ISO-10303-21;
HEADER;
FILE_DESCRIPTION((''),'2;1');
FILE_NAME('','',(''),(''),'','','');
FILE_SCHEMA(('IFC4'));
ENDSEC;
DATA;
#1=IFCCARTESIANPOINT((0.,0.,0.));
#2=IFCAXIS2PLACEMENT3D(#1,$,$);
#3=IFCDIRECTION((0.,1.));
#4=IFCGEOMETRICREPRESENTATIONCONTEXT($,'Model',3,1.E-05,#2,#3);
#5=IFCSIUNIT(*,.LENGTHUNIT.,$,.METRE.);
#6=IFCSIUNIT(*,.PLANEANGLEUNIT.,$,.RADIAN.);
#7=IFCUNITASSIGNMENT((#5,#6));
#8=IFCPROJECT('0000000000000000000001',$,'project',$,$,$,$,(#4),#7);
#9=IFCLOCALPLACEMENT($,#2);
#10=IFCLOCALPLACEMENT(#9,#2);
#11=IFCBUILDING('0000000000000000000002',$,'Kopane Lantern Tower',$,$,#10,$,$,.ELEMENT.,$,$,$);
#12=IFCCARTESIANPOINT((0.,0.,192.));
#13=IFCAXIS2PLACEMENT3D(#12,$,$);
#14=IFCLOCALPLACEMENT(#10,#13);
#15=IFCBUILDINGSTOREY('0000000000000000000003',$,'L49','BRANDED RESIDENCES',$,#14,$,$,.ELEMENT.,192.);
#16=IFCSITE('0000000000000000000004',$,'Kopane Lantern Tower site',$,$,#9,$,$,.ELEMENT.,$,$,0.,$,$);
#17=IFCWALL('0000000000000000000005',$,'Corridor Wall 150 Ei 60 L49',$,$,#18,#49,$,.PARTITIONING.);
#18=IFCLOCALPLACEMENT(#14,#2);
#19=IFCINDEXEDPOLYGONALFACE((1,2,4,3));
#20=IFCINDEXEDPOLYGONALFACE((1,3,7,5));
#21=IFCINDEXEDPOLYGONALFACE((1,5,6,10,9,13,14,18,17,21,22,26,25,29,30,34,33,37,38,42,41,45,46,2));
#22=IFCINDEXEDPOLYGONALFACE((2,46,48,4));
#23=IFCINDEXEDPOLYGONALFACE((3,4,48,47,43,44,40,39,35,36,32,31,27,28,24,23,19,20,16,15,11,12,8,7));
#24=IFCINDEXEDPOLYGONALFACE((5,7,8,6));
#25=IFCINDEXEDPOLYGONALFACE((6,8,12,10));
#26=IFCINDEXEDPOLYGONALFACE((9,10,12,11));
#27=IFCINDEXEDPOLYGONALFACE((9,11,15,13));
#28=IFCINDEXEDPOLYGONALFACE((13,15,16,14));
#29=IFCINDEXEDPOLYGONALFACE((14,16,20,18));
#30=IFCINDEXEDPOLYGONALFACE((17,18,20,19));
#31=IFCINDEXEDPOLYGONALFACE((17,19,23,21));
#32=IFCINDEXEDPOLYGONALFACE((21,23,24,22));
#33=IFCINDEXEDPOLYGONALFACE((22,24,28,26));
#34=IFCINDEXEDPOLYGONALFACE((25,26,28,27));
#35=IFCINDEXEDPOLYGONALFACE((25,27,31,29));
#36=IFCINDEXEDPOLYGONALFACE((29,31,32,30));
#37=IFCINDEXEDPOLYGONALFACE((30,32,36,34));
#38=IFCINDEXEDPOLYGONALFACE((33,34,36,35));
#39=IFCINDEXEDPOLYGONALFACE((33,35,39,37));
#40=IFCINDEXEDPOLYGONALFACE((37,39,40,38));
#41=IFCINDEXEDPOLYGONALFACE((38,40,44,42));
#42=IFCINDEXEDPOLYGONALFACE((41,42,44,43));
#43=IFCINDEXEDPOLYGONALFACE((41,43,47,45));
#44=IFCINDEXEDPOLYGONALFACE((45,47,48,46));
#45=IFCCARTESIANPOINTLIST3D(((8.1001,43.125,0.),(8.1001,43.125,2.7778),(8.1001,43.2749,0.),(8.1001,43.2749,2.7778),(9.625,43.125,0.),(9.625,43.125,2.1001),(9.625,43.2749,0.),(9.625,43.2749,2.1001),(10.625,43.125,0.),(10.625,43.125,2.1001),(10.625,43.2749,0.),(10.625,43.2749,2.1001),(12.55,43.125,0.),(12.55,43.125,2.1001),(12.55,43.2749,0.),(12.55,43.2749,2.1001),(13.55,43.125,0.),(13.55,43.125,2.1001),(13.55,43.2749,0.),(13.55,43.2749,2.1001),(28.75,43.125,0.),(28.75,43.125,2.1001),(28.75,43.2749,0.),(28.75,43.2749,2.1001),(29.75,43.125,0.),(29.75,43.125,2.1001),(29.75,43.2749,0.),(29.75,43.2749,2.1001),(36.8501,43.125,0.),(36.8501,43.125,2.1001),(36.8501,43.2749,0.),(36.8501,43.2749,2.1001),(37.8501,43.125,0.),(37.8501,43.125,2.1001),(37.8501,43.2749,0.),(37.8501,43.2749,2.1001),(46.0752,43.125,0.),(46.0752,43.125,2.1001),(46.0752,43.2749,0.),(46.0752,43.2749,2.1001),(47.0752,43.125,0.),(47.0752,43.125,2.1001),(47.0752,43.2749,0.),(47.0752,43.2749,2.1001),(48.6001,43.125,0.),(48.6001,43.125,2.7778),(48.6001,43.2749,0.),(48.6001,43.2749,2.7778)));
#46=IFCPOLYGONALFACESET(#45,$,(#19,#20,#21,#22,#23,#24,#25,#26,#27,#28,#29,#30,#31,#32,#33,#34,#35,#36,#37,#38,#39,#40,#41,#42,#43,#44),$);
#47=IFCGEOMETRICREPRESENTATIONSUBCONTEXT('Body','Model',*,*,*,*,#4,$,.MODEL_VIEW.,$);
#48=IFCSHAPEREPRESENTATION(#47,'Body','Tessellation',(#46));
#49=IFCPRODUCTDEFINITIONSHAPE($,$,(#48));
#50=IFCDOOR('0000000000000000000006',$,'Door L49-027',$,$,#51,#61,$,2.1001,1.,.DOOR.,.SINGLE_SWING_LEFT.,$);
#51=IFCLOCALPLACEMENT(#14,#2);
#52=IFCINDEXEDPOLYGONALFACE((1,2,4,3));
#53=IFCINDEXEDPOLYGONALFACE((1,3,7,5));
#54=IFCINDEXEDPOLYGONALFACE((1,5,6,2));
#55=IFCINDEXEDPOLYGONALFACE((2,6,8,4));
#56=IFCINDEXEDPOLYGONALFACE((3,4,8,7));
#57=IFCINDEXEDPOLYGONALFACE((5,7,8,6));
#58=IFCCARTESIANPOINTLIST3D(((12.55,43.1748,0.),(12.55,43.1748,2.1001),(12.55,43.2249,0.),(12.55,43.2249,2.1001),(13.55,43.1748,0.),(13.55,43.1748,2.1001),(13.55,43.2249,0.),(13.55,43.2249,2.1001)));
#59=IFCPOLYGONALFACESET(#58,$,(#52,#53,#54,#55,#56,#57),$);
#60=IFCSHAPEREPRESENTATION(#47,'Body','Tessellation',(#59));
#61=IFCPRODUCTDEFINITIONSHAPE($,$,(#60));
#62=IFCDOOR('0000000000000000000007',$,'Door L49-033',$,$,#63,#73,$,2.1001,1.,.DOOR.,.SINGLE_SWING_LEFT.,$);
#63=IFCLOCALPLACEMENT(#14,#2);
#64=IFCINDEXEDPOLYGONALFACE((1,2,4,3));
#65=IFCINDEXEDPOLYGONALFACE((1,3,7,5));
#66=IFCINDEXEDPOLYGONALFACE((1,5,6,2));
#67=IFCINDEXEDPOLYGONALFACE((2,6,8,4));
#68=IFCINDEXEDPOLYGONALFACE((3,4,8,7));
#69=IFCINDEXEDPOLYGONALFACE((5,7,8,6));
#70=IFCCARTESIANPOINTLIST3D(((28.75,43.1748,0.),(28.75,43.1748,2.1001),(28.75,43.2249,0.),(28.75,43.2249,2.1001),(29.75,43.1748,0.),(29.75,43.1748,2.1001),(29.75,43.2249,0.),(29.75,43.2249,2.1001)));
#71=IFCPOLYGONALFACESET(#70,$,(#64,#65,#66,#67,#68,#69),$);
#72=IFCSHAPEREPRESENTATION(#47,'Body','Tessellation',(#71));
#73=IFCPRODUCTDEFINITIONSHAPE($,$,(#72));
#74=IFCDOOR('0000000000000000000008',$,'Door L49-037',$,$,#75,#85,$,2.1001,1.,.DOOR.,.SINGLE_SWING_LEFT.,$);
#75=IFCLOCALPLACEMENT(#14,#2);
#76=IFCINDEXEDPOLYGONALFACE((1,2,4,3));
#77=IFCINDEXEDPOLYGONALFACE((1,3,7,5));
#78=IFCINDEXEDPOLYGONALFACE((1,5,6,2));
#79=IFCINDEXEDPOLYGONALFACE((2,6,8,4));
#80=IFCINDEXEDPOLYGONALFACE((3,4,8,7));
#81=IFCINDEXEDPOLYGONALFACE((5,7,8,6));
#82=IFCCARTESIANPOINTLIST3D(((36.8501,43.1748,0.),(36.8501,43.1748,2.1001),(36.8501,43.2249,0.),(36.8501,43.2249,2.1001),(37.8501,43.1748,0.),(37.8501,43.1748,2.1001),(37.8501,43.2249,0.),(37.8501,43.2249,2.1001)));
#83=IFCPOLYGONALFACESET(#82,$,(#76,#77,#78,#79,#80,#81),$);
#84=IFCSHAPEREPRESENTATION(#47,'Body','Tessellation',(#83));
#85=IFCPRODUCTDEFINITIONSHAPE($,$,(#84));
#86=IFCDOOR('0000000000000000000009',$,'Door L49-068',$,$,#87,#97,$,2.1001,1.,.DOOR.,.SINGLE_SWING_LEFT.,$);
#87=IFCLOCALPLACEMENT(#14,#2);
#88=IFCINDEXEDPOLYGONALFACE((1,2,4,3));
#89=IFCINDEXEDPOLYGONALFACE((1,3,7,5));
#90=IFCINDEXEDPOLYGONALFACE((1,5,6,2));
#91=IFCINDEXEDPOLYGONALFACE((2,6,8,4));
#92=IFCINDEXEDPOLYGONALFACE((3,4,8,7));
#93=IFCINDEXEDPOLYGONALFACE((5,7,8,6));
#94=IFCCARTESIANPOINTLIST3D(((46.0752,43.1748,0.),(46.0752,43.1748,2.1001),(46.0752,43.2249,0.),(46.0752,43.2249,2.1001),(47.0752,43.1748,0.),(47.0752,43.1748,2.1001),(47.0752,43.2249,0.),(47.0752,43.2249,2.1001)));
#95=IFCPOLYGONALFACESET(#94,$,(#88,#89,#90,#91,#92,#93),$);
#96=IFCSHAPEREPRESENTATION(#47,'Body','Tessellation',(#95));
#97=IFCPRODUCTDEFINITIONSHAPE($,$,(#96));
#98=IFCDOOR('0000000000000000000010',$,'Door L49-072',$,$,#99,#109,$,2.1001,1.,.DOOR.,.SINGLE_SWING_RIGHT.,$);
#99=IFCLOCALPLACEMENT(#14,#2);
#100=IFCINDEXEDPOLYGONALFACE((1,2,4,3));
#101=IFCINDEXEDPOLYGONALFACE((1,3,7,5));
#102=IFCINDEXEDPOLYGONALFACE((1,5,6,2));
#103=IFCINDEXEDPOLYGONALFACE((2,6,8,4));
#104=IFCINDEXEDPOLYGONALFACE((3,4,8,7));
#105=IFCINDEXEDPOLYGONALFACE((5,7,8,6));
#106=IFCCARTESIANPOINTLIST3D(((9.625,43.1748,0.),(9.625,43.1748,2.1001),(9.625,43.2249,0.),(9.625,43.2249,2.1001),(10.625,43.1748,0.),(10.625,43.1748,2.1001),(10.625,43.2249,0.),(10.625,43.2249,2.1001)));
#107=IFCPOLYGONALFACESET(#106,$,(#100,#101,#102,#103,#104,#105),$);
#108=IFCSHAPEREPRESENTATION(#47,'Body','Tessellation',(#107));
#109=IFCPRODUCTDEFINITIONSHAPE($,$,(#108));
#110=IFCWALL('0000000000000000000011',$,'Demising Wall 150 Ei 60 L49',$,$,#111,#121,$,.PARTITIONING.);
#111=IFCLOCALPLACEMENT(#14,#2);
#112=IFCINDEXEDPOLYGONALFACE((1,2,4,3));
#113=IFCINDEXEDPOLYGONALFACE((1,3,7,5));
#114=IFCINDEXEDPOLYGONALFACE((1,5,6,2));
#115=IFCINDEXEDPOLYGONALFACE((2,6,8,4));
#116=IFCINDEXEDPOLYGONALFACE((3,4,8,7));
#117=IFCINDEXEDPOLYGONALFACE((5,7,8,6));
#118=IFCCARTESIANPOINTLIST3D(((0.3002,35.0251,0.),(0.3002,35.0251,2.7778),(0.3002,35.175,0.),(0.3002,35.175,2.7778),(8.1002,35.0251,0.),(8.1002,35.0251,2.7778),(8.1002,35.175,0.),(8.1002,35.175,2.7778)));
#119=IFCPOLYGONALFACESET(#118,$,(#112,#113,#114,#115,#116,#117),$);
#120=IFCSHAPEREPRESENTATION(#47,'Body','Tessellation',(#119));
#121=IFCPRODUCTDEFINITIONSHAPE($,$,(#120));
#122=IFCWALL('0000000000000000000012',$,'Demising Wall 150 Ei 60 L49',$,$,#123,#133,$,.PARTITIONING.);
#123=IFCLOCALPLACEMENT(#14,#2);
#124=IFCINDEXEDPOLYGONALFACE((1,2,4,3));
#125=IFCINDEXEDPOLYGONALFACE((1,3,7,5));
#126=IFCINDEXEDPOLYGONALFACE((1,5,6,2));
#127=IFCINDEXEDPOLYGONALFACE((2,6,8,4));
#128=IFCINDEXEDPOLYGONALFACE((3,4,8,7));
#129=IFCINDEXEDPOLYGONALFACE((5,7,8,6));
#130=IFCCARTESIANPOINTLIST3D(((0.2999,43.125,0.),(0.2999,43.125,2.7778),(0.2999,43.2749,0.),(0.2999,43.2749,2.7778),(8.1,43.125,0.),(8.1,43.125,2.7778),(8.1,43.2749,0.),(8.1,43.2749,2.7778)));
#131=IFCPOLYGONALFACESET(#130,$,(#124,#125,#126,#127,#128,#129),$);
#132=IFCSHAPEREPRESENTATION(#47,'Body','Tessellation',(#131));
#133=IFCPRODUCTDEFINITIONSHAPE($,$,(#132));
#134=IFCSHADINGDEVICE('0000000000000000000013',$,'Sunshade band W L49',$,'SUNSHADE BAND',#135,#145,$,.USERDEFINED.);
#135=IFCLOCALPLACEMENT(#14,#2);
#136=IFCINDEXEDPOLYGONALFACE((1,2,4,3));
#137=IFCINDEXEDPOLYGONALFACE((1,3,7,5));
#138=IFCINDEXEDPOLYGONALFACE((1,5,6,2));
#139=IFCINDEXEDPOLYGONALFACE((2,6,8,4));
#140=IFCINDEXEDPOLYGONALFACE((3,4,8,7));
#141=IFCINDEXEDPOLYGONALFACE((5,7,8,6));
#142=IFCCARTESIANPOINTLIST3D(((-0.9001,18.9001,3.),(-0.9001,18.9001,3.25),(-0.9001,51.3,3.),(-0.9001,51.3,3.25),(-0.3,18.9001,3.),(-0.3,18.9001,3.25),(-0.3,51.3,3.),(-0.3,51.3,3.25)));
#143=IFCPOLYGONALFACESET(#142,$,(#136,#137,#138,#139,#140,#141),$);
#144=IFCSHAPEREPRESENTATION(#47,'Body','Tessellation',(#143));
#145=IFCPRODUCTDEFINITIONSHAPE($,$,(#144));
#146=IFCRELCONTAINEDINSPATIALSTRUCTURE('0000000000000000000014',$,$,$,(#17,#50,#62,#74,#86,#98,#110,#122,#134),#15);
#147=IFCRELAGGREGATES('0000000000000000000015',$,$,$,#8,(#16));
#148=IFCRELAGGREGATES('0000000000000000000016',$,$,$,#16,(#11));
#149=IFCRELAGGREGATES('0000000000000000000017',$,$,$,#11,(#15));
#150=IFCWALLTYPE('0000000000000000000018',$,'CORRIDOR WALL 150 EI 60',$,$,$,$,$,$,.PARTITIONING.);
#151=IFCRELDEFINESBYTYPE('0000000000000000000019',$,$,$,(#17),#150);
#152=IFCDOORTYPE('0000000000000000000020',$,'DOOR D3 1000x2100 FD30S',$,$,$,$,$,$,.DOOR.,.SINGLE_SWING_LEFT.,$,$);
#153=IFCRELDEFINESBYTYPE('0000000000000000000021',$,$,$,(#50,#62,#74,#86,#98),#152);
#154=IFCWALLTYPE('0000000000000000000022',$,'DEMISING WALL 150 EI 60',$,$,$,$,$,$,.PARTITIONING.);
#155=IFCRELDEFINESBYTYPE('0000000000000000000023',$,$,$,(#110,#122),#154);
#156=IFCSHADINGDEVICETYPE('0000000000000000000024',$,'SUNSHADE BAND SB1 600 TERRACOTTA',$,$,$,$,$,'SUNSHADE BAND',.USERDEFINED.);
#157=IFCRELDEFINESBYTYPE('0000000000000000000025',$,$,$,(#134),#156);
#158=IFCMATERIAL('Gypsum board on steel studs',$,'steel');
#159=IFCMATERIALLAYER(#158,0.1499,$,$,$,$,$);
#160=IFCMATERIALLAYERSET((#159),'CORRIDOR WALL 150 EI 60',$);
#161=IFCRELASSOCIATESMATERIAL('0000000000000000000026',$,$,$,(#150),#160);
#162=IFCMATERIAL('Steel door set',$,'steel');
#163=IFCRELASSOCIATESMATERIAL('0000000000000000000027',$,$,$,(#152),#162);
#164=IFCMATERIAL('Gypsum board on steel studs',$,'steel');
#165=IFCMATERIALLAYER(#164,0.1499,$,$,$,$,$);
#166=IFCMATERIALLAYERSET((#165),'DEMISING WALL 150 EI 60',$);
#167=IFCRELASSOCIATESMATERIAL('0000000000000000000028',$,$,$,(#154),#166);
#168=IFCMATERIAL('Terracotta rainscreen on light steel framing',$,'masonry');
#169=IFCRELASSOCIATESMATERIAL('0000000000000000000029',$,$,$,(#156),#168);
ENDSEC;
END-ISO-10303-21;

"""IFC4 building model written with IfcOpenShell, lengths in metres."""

from ifc_helpers import new_model, si_unit, direction, frame, frame_2d, origin, origin_2d, place, context, subcontext, project, spatial, rectangle, extrude, material, layer, layer_set, type_object, element, fill, save


model = new_model("IFC4")

# Units and contexts
model_context = context("Model", 3, precision=1e-05, world=origin(), true_north=direction((0.0, 1.0)))
body_context = subcontext(model_context, "Body", "Model", "MODEL_VIEW")
ifc_project = project(units=[si_unit("LENGTHUNIT", "METRE"), si_unit("PLANEANGLEUNIT", "RADIAN")], contexts=[model_context])

# Site, building, storey
site_placement = place(None, origin())
site = spatial("IfcSite", under=ifc_project, at=site_placement, Name="Kopane Lantern Tower site", CompositionType="ELEMENT", RefElevation=0.0)
building_placement = place(site_placement, origin())
building = spatial("IfcBuilding", under=site, at=building_placement, Name="Kopane Lantern Tower", CompositionType="ELEMENT")
storey_placement = place(building_placement, frame((0.0, 0.0, 192.0)))
storey = spatial("IfcBuildingStorey", under=building, at=storey_placement, Name="L49", Description="BRANDED RESIDENCES", CompositionType="ELEMENT", Elevation=192.0)

# Wall, openings, doors
ifc_material_1 = material(Name="Gypsum board on steel studs", Category="steel")
ifc_layer_1 = layer(ifc_material_1, 0.1499)
ifc_layer_set_1 = layer_set([ifc_layer_1], Name="CORRIDOR WALL 150 EI 60")
wall_type_1 = type_object("IfcWallType", Name="CORRIDOR WALL 150 EI 60", PredefinedType="PARTITIONING", material=ifc_layer_set_1)
wall_1_placement = place(storey_placement, frame((8.1001, 43.2, 0.0), z_axis=(0.0, 0.0, 1.0), x_axis=(1.0, 0.0, 0.0)))
wall_1 = element("IfcWall", 1, at=wall_1_placement, inside=storey, type_object=wall_type_1, Name="Corridor Wall 150 Ei 60 L49", PredefinedType="PARTITIONING", context=body_context, shape_type="SweptSolid", body=[
    extrude(rectangle(XDim=40.5, YDim=0.1499, at=frame_2d((20.25, 0.0))), origin(), (0.0, 0.0, 1.0), 2.7778),
])
opening_1_placement = place(wall_1_placement, frame((4.45, 0.0, 0.0)))
opening_1 = element("IfcOpeningElement", 2, at=opening_1_placement, cuts=wall_1, PredefinedType="OPENING", context=body_context, shape_type="SweptSolid", body=[
    extrude(rectangle(XDim=1.0, YDim=2.1001, at=frame_2d((0.5, 1.05))), frame((0.0, 0.085, 0.0), z_axis=(0.0, -1.0, 0.0), x_axis=(1.0, 0.0, 0.0)), (0.0, 0.0, 1.0), 0.1699),
])
opening_2_placement = place(wall_1_placement, frame((20.6499, 0.0, 0.0)))
opening_2 = element("IfcOpeningElement", 3, at=opening_2_placement, cuts=wall_1, PredefinedType="OPENING", context=body_context, shape_type="SweptSolid", body=[
    extrude(rectangle(XDim=1.0, YDim=2.1001, at=frame_2d((0.5, 1.05))), frame((0.0, 0.085, 0.0), z_axis=(0.0, -1.0, 0.0), x_axis=(1.0, 0.0, 0.0)), (0.0, 0.0, 1.0), 0.1699),
])
opening_3_placement = place(wall_1_placement, frame((28.75, 0.0, 0.0)))
opening_3 = element("IfcOpeningElement", 4, at=opening_3_placement, cuts=wall_1, PredefinedType="OPENING", context=body_context, shape_type="SweptSolid", body=[
    extrude(rectangle(XDim=1.0, YDim=2.1001, at=frame_2d((0.5, 1.05))), frame((0.0, 0.085, 0.0), z_axis=(0.0, -1.0, 0.0), x_axis=(1.0, 0.0, 0.0)), (0.0, 0.0, 1.0), 0.1699),
])
opening_4_placement = place(wall_1_placement, frame((37.9751, 0.0, 0.0)))
opening_4 = element("IfcOpeningElement", 5, at=opening_4_placement, cuts=wall_1, PredefinedType="OPENING", context=body_context, shape_type="SweptSolid", body=[
    extrude(rectangle(XDim=1.0, YDim=2.1001, at=frame_2d((0.5, 1.05))), frame((0.0, 0.085, 0.0), z_axis=(0.0, -1.0, 0.0), x_axis=(1.0, 0.0, 0.0)), (0.0, 0.0, 1.0), 0.1699),
])
opening_5_placement = place(wall_1_placement, frame((1.5249, 0.0, 0.0)))
opening_5 = element("IfcOpeningElement", 6, at=opening_5_placement, cuts=wall_1, PredefinedType="OPENING", context=body_context, shape_type="SweptSolid", body=[
    extrude(rectangle(XDim=1.0, YDim=2.1001, at=frame_2d((0.5, 1.05))), frame((0.0, 0.085, 0.0), z_axis=(0.0, -1.0, 0.0), x_axis=(1.0, 0.0, 0.0)), (0.0, 0.0, 1.0), 0.1699),
])
ifc_material_2 = material(Name="Steel door set", Category="steel")
door_type_1 = type_object("IfcDoorType", Name="DOOR D3 1000x2100 FD30S", OperationType="SINGLE_SWING_LEFT", PredefinedType="DOOR", material=ifc_material_2)
door_1_placement = place(opening_1_placement, origin())
door_1 = element("IfcDoor", 7, at=door_1_placement, inside=storey, type_object=door_type_1, Name="Door L49-027", OperationType="SINGLE_SWING_LEFT", OverallHeight=2.1001, OverallWidth=1.0, PredefinedType="DOOR", context=body_context, shape_type="SweptSolid", body=[
    extrude(rectangle(XDim=1.0, YDim=2.1001, at=frame_2d((0.5, 1.05))), frame((0.0, 0.0249, 0.0), z_axis=(0.0, -1.0, 0.0), x_axis=(1.0, 0.0, 0.0)), (0.0, 0.0, 1.0), 0.05),
])
fill(opening_1, door_1)
door_2_placement = place(opening_2_placement, origin())
door_2 = element("IfcDoor", 8, at=door_2_placement, inside=storey, type_object=door_type_1, Name="Door L49-033", OperationType="SINGLE_SWING_LEFT", OverallHeight=2.1001, OverallWidth=1.0, PredefinedType="DOOR", context=body_context, shape_type="SweptSolid", body=[
    extrude(rectangle(XDim=1.0, YDim=2.1001, at=frame_2d((0.5, 1.05))), frame((0.0, 0.0249, 0.0), z_axis=(0.0, -1.0, 0.0), x_axis=(1.0, 0.0, 0.0)), (0.0, 0.0, 1.0), 0.05),
])
fill(opening_2, door_2)
door_3_placement = place(opening_3_placement, origin())
door_3 = element("IfcDoor", 9, at=door_3_placement, inside=storey, type_object=door_type_1, Name="Door L49-037", OperationType="SINGLE_SWING_LEFT", OverallHeight=2.1001, OverallWidth=1.0, PredefinedType="DOOR", context=body_context, shape_type="SweptSolid", body=[
    extrude(rectangle(XDim=1.0, YDim=2.1001, at=frame_2d((0.5, 1.05))), frame((0.0, 0.0249, 0.0), z_axis=(0.0, -1.0, 0.0), x_axis=(1.0, 0.0, 0.0)), (0.0, 0.0, 1.0), 0.05),
])
fill(opening_3, door_3)
door_4_placement = place(opening_4_placement, origin())
door_4 = element("IfcDoor", 10, at=door_4_placement, inside=storey, type_object=door_type_1, Name="Door L49-068", OperationType="SINGLE_SWING_LEFT", OverallHeight=2.1001, OverallWidth=1.0, PredefinedType="DOOR", context=body_context, shape_type="SweptSolid", body=[
    extrude(rectangle(XDim=1.0, YDim=2.1001, at=frame_2d((0.5, 1.05))), frame((0.0, 0.0249, 0.0), z_axis=(0.0, -1.0, 0.0), x_axis=(1.0, 0.0, 0.0)), (0.0, 0.0, 1.0), 0.05),
])
fill(opening_4, door_4)
door_5_placement = place(opening_5_placement, origin())
door_5 = element("IfcDoor", 11, at=door_5_placement, inside=storey, type_object=door_type_1, Name="Door L49-072", OperationType="SINGLE_SWING_RIGHT", OverallHeight=2.1001, OverallWidth=1.0, PredefinedType="DOOR", context=body_context, shape_type="SweptSolid", body=[
    extrude(rectangle(XDim=1.0, YDim=2.1001, at=frame_2d((0.5, 1.05))), frame((0.0, 0.0249, 0.0), z_axis=(0.0, -1.0, 0.0), x_axis=(1.0, 0.0, 0.0)), (0.0, 0.0, 1.0), 0.05),
])
fill(opening_5, door_5)

# Walls
ifc_material_3 = material(Name="Gypsum board on steel studs", Category="steel")
ifc_layer_2 = layer(ifc_material_3, 0.1499)
ifc_layer_set_2 = layer_set([ifc_layer_2], Name="DEMISING WALL 150 EI 60")
wall_type_2 = type_object("IfcWallType", Name="DEMISING WALL 150 EI 60", PredefinedType="PARTITIONING", material=ifc_layer_set_2)
for number, where, z_axis, x_axis, name in (
    (12, (8.1001, 35.1001, 0.0), (0.0, 0.0, 1.0), (-1.0, 0.0, 0.0), "Demising Wall 150 Ei 60 L49"),
    (13, (0.3, 43.2, 0.0), (0.0, 0.0, 1.0), (1.0, 0.0, 0.0), "Demising Wall 150 Ei 60 L49"),
):
    element("IfcWall", number, at=place(storey_placement, frame(where, z_axis=z_axis, x_axis=x_axis)), inside=storey, type_object=wall_type_2, Name=name, PredefinedType="PARTITIONING", context=body_context, shape_type="SweptSolid", body=[
        extrude(rectangle(XDim=7.8, YDim=0.1499, at=frame_2d((3.8999, 0.0))), origin(), (0.0, 0.0, 1.0), 2.7778),
    ])

# Shading device
ifc_material_4 = material(Name="Terracotta rainscreen on light steel framing", Category="masonry")
shading_device_type = type_object("IfcShadingDeviceType", Name="SUNSHADE BAND SB1 600 TERRACOTTA", ElementType="SUNSHADE BAND", PredefinedType="USERDEFINED", material=ifc_material_4)
shading_device_placement = place(storey_placement, frame((-0.6001, 35.1001, 3.0), z_axis=(0.0, 0.0, 1.0), x_axis=(0.0, -1.0, 0.0)))
element("IfcShadingDevice", 14, at=shading_device_placement, inside=storey, type_object=shading_device_type, Name="Sunshade band W L49", ObjectType="SUNSHADE BAND", PredefinedType="USERDEFINED", context=body_context, shape_type="SweptSolid", body=[
    extrude(rectangle(XDim=32.3999, YDim=0.6001, at=origin_2d()), origin(), (0.0, 0.0, 1.0), 0.25),
])

save(model, "model.ifc")
